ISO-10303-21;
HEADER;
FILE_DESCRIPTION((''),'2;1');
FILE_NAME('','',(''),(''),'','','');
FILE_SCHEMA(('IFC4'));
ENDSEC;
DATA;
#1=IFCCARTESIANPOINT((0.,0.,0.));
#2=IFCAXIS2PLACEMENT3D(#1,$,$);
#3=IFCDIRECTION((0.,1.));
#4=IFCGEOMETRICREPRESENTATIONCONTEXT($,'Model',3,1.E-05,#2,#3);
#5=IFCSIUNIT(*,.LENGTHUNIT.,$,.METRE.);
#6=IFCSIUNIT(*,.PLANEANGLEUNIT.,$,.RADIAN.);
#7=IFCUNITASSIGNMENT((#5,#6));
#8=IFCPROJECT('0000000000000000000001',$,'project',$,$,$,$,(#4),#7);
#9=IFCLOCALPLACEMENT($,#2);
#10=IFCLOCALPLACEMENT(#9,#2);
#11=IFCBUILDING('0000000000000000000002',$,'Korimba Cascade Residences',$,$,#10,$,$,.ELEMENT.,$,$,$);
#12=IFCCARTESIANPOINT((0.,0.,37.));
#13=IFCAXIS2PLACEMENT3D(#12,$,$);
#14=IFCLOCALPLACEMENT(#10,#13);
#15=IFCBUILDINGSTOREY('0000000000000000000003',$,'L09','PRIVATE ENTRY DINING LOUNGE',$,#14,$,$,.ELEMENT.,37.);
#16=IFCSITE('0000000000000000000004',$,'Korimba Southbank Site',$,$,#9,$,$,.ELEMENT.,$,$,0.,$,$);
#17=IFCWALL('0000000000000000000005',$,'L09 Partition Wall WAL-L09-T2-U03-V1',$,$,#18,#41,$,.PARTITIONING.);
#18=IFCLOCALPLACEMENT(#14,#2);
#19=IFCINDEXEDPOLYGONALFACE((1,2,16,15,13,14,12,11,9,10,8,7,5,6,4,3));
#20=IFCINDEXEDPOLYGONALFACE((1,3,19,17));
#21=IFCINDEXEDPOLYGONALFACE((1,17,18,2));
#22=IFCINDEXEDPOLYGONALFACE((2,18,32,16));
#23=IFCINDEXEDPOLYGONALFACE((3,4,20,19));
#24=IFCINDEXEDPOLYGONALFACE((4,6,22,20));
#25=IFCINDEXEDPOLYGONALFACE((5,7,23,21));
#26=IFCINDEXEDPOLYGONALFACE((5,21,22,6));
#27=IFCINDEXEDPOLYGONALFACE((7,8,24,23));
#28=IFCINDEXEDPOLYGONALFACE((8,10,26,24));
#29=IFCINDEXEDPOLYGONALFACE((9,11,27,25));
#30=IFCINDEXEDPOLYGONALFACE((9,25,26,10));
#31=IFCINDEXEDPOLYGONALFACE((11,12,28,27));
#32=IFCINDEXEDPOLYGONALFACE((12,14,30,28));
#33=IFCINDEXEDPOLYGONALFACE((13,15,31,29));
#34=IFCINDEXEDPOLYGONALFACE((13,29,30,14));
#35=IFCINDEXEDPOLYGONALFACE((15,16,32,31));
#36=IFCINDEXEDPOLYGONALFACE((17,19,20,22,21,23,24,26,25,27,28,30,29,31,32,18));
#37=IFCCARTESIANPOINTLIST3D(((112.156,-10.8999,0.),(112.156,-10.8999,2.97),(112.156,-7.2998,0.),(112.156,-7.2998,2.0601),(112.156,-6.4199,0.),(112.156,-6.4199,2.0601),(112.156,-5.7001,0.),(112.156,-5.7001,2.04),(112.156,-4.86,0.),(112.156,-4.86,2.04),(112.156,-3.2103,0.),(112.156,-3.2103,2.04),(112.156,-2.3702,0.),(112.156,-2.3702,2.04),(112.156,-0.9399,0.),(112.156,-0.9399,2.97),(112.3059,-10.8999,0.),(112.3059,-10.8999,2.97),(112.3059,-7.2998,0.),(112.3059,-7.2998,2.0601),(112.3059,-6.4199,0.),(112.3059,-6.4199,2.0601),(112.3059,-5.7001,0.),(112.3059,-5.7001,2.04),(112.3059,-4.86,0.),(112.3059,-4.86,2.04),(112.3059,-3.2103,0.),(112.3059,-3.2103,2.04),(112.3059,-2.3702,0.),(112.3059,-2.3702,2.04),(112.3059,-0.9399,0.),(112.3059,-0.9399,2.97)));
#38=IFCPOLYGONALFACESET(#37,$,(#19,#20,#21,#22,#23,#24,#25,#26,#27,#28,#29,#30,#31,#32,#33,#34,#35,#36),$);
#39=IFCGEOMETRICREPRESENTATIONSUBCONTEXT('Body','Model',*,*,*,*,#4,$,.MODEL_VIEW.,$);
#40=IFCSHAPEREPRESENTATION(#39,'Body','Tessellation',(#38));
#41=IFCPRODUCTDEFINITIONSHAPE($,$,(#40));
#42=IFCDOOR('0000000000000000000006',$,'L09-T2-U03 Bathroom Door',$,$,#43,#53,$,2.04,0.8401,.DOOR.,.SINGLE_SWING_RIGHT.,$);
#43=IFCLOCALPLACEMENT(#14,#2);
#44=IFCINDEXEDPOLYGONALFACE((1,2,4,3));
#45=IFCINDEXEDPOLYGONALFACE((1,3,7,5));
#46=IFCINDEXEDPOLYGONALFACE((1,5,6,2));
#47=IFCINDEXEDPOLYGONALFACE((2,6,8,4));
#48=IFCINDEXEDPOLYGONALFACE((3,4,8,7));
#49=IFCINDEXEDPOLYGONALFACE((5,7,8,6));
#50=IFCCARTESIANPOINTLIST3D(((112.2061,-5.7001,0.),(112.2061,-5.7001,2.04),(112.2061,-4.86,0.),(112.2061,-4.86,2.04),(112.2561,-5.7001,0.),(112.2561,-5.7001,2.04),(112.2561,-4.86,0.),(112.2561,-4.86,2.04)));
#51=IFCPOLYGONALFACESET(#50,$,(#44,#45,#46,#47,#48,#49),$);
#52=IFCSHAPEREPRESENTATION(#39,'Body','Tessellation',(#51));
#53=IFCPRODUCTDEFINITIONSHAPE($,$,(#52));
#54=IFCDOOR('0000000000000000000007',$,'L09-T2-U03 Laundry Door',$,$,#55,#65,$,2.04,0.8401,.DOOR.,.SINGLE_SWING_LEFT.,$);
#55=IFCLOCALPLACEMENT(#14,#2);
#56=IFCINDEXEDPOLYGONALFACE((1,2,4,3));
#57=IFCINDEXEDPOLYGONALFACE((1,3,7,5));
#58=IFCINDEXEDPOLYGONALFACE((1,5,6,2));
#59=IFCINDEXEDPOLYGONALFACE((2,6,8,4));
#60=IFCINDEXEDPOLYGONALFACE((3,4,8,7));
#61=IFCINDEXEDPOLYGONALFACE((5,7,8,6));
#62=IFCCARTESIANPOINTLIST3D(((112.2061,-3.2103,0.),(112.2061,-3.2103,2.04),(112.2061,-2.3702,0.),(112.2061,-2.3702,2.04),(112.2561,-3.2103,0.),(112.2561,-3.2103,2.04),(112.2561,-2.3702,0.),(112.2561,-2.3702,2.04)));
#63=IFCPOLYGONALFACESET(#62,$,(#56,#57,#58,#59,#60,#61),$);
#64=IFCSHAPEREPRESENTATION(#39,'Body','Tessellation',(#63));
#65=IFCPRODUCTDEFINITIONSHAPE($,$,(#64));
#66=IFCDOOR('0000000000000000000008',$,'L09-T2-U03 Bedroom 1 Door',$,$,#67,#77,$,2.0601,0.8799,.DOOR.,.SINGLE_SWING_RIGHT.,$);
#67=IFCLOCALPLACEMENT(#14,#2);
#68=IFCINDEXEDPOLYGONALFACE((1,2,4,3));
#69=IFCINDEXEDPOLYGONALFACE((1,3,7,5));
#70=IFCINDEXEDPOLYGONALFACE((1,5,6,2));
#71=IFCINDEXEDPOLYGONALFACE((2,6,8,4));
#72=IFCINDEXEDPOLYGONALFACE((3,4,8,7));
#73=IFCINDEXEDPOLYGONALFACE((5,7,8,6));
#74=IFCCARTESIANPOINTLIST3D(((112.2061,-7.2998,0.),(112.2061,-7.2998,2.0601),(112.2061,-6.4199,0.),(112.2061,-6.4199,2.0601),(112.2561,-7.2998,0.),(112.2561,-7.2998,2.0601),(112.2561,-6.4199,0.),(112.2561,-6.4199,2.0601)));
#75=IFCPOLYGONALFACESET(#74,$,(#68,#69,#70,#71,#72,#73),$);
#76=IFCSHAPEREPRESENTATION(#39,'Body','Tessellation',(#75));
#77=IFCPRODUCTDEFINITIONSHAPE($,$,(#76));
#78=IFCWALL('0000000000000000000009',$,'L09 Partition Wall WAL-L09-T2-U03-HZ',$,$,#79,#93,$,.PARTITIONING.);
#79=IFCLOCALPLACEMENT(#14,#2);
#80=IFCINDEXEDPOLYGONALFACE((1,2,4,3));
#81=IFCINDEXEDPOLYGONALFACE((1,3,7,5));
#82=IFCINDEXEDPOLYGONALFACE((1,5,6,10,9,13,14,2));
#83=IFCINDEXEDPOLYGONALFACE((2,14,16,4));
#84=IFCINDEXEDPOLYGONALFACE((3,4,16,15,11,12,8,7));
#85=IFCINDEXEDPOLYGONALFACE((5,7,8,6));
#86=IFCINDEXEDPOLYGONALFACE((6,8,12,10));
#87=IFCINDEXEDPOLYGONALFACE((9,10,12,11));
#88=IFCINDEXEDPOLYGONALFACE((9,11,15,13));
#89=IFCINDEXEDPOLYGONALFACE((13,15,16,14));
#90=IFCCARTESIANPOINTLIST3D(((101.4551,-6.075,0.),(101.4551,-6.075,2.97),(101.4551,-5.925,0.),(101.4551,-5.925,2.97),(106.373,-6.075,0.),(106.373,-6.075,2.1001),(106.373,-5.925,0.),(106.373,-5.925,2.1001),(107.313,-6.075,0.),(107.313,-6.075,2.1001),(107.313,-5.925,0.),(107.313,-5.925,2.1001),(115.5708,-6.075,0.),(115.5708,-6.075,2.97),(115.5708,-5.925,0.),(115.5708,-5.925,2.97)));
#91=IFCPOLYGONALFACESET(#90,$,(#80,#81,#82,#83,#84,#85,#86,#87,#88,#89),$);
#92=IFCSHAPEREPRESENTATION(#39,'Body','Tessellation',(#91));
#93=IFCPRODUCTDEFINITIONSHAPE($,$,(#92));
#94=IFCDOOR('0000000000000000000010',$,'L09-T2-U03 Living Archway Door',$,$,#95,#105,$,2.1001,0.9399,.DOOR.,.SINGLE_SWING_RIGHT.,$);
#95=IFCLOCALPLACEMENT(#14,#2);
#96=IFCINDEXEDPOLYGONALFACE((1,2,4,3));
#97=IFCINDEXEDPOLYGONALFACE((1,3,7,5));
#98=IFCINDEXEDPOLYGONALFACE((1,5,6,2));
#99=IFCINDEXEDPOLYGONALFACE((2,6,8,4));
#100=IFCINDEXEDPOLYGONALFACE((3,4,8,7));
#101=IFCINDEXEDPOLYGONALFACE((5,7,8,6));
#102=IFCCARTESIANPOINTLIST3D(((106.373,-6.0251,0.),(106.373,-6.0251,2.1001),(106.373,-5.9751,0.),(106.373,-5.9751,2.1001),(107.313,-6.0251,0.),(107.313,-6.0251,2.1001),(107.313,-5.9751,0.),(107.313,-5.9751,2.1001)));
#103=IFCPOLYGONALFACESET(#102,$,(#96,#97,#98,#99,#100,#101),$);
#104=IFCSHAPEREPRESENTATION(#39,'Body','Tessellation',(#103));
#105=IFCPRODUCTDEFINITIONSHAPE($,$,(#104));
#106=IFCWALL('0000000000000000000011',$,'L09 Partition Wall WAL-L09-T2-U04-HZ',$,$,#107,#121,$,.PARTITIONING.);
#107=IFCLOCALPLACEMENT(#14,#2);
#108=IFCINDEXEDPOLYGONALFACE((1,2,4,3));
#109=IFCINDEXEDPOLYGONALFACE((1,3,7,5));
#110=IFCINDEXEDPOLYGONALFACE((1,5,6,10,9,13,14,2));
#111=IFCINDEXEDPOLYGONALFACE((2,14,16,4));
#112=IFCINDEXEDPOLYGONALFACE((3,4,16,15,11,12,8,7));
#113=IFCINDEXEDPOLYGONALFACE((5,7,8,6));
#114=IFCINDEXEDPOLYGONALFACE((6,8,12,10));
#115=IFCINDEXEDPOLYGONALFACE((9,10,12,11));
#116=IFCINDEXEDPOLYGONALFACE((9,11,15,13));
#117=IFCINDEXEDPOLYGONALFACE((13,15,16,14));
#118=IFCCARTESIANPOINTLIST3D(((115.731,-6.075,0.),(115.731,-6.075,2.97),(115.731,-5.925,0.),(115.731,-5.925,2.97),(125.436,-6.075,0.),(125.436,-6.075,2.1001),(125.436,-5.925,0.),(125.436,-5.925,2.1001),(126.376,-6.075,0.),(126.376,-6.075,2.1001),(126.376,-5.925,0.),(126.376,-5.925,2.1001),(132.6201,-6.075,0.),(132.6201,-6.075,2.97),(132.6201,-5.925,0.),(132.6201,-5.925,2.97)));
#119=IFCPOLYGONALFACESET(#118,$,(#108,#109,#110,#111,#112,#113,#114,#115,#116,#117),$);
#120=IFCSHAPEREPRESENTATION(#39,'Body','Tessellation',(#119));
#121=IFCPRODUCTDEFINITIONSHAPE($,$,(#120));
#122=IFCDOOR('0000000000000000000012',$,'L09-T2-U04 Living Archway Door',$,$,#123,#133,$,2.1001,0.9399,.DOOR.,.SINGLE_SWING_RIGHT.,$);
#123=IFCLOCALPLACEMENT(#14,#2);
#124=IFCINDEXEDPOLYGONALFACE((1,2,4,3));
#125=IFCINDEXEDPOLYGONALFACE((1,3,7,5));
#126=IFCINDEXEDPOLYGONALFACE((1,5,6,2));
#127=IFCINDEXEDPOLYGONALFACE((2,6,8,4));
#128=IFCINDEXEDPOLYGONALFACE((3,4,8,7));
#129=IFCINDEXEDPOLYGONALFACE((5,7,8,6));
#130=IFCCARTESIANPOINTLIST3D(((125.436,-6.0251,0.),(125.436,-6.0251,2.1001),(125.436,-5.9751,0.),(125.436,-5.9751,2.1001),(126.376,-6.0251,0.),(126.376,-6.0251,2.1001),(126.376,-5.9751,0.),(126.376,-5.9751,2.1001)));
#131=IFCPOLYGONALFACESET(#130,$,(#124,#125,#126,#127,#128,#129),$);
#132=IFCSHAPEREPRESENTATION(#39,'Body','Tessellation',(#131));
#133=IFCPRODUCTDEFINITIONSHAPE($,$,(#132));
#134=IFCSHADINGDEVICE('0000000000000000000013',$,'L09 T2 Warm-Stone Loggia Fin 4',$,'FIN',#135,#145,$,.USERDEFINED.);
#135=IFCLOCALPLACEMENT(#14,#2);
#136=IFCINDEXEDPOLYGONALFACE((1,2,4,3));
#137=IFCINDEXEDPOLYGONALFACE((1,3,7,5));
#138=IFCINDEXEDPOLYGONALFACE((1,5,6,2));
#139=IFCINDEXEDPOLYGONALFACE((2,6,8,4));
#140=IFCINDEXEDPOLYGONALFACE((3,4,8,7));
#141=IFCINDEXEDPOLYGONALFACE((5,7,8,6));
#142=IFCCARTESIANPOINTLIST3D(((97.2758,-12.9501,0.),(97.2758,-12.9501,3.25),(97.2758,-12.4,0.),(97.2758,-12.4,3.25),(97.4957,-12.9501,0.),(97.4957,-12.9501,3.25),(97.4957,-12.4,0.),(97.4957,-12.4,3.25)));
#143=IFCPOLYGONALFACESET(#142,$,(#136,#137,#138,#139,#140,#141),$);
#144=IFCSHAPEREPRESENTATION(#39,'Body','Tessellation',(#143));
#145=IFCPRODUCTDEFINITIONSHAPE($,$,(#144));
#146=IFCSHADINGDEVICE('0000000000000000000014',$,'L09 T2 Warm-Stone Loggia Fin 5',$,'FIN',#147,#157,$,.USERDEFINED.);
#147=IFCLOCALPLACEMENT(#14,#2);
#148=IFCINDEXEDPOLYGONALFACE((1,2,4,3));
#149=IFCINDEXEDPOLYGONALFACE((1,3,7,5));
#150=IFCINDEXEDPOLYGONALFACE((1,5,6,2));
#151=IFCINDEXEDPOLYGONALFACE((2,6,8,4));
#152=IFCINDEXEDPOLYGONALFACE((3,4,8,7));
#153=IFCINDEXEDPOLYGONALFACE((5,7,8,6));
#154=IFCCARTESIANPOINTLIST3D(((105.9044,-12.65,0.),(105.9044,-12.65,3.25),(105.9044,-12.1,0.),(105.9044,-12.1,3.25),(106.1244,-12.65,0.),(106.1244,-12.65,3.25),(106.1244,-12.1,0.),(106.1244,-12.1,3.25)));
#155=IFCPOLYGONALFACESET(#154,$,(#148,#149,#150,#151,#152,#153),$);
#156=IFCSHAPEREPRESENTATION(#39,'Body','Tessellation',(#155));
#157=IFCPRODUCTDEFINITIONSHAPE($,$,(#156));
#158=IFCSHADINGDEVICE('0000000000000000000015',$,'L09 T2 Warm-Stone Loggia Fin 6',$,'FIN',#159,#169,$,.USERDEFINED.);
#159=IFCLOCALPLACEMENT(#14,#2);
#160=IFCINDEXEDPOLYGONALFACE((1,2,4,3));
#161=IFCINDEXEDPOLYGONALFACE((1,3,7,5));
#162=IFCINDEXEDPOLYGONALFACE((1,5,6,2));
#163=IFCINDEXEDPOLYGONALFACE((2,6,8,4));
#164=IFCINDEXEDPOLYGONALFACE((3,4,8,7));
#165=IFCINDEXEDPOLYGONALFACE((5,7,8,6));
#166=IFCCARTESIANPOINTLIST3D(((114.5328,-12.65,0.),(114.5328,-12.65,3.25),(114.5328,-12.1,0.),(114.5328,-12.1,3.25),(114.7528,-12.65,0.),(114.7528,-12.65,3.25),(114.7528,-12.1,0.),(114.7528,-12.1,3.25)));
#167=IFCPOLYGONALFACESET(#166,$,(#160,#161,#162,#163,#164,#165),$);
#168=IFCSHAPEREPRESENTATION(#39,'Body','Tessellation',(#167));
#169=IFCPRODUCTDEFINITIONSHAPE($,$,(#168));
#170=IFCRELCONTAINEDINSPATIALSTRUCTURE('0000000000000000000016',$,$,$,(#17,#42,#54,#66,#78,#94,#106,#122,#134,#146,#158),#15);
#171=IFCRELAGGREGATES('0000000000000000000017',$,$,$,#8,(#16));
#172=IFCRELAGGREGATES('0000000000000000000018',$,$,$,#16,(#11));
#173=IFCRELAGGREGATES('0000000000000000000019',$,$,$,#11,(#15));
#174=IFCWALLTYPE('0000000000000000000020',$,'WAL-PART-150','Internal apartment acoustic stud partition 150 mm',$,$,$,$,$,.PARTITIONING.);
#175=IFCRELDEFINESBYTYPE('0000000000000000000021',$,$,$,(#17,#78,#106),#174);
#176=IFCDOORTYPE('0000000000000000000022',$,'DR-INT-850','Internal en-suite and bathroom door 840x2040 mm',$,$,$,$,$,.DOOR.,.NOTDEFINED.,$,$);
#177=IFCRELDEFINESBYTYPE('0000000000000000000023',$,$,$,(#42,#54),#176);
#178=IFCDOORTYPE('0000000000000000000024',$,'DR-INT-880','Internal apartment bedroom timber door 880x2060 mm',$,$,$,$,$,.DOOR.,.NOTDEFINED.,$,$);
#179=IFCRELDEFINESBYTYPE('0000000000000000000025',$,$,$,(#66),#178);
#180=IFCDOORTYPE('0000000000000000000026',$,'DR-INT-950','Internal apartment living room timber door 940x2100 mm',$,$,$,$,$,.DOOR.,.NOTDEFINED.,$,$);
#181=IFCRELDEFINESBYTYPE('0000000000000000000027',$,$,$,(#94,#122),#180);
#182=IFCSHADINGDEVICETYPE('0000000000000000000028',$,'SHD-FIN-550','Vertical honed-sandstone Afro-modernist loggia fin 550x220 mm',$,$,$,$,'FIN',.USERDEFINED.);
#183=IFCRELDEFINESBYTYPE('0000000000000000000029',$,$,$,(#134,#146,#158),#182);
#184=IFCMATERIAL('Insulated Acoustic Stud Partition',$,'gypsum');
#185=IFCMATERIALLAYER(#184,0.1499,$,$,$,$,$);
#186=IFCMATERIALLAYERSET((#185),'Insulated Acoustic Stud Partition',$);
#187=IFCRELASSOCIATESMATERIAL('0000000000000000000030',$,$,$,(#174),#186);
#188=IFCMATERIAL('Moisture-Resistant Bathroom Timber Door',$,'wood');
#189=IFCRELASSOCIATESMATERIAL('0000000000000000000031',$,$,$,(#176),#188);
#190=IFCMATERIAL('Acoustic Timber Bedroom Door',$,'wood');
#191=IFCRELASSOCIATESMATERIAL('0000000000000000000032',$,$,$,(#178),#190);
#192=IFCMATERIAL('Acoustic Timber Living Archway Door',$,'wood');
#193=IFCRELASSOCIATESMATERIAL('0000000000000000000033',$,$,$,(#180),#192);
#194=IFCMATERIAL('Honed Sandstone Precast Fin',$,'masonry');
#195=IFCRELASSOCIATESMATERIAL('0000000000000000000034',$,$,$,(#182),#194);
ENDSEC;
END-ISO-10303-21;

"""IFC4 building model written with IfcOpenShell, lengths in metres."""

from ifc_helpers import new_model, si_unit, direction, frame, frame_2d, origin, origin_2d, place, context, subcontext, project, spatial, rectangle, extrude, material, layer, layer_set, type_object, element, fill, save


model = new_model("IFC4")

# Units and contexts
model_context = context("Model", 3, precision=1e-05, world=origin(), true_north=direction((0.0, 1.0)))
body_context = subcontext(model_context, "Body", "Model", "MODEL_VIEW")
ifc_project = project(units=[si_unit("LENGTHUNIT", "METRE"), si_unit("PLANEANGLEUNIT", "RADIAN")], contexts=[model_context])

# Site, building, storey
site_placement = place(None, origin())
site = spatial("IfcSite", under=ifc_project, at=site_placement, Name="Korimba Southbank Site", CompositionType="ELEMENT", RefElevation=0.0)
building_placement = place(site_placement, origin())
building = spatial("IfcBuilding", under=site, at=building_placement, Name="Korimba Cascade Residences", CompositionType="ELEMENT")
storey_placement = place(building_placement, frame((0.0, 0.0, 37.0)))
storey = spatial("IfcBuildingStorey", under=building, at=storey_placement, Name="L09", Description="PRIVATE ENTRY DINING LOUNGE", CompositionType="ELEMENT", Elevation=37.0)

# Shared definitions
ifc_material_1 = material(Name="Insulated Acoustic Stud Partition", Category="gypsum")
ifc_layer_1 = layer(ifc_material_1, 0.1499)
ifc_layer_set_1 = layer_set([ifc_layer_1], Name="Insulated Acoustic Stud Partition")
wall_type_1 = type_object("IfcWallType", Name="WAL-PART-150", Description="Internal apartment acoustic stud partition 150 mm", PredefinedType="PARTITIONING", material=ifc_layer_set_1)
ifc_material_2 = material(Name="Moisture-Resistant Bathroom Timber Door", Category="wood")
door_type_1 = type_object("IfcDoorType", Name="DR-INT-850", Description="Internal en-suite and bathroom door 840x2040 mm", OperationType="NOTDEFINED", PredefinedType="DOOR", material=ifc_material_2)
ifc_material_3 = material(Name="Acoustic Timber Bedroom Door", Category="wood")
door_type_2 = type_object("IfcDoorType", Name="DR-INT-880", Description="Internal apartment bedroom timber door 880x2060 mm", OperationType="NOTDEFINED", PredefinedType="DOOR", material=ifc_material_3)

# Wall, openings, doors
wall_1_placement = place(storey_placement, frame((112.231, -10.8999, 0.0), z_axis=(0.0, 0.0, 1.0), x_axis=(0.0, 1.0, 0.0)))
wall_1 = element("IfcWall", 1, at=wall_1_placement, inside=storey, type_object=wall_type_1, Name="L09 Partition Wall WAL-L09-T2-U03-V1", PredefinedType="PARTITIONING", context=body_context, shape_type="SweptSolid", body=[
    extrude(rectangle(XDim=9.96, YDim=0.1499, at=frame_2d((4.98, 0.0))), origin(), (0.0, 0.0, 1.0), 2.97),
])
opening_1_placement = place(wall_1_placement, frame((5.2, 0.0, 0.0)))
opening_1 = element("IfcOpeningElement", 2, at=opening_1_placement, cuts=wall_1, PredefinedType="OPENING", context=body_context, shape_type="SweptSolid", body=[
    extrude(rectangle(XDim=0.8401, YDim=2.04, at=frame_2d((0.4199, 1.02))), frame((0.0, 0.085, 0.0), z_axis=(0.0, -1.0, 0.0), x_axis=(1.0, 0.0, 0.0)), (0.0, 0.0, 1.0), 0.1699),
])
opening_2_placement = place(wall_1_placement, frame((7.6897, 0.0, 0.0)))
opening_2 = element("IfcOpeningElement", 3, at=opening_2_placement, cuts=wall_1, PredefinedType="OPENING", context=body_context, shape_type="SweptSolid", body=[
    extrude(rectangle(XDim=0.8401, YDim=2.04, at=frame_2d((0.4199, 1.02))), frame((0.0, 0.085, 0.0), z_axis=(0.0, -1.0, 0.0), x_axis=(1.0, 0.0, 0.0)), (0.0, 0.0, 1.0), 0.1699),
])
opening_3_placement = place(wall_1_placement, frame((3.6001, 0.0, 0.0)))
opening_3 = element("IfcOpeningElement", 4, at=opening_3_placement, cuts=wall_1, PredefinedType="OPENING", context=body_context, shape_type="SweptSolid", body=[
    extrude(rectangle(XDim=0.8799, YDim=2.0601, at=frame_2d((0.4399, 1.03))), frame((0.0, 0.085, 0.0), z_axis=(0.0, -1.0, 0.0), x_axis=(1.0, 0.0, 0.0)), (0.0, 0.0, 1.0), 0.1699),
])
door_1_placement = place(opening_1_placement, origin())
door_1 = element("IfcDoor", 5, at=door_1_placement, inside=storey, type_object=door_type_1, Name="L09-T2-U03 Bathroom Door", OperationType="SINGLE_SWING_RIGHT", OverallHeight=2.04, OverallWidth=0.8401, PredefinedType="DOOR", context=body_context, shape_type="SweptSolid", body=[
    extrude(rectangle(XDim=0.8401, YDim=2.04, at=frame_2d((0.4199, 1.02))), frame((0.0, 0.0249, 0.0), z_axis=(0.0, -1.0, 0.0), x_axis=(1.0, 0.0, 0.0)), (0.0, 0.0, 1.0), 0.05),
])
fill(opening_1, door_1)
door_2_placement = place(opening_2_placement, origin())
door_2 = element("IfcDoor", 6, at=door_2_placement, inside=storey, type_object=door_type_1, Name="L09-T2-U03 Laundry Door", OperationType="SINGLE_SWING_LEFT", OverallHeight=2.04, OverallWidth=0.8401, PredefinedType="DOOR", context=body_context, shape_type="SweptSolid", body=[
    extrude(rectangle(XDim=0.8401, YDim=2.04, at=frame_2d((0.4199, 1.02))), frame((0.0, 0.0249, 0.0), z_axis=(0.0, -1.0, 0.0), x_axis=(1.0, 0.0, 0.0)), (0.0, 0.0, 1.0), 0.05),
])
fill(opening_2, door_2)
door_3_placement = place(opening_3_placement, origin())
door_3 = element("IfcDoor", 7, at=door_3_placement, inside=storey, type_object=door_type_2, Name="L09-T2-U03 Bedroom 1 Door", OperationType="SINGLE_SWING_RIGHT", OverallHeight=2.0601, OverallWidth=0.8799, PredefinedType="DOOR", context=body_context, shape_type="SweptSolid", body=[
    extrude(rectangle(XDim=0.8799, YDim=2.0601, at=frame_2d((0.4399, 1.03))), frame((0.0, 0.0249, 0.0), z_axis=(0.0, -1.0, 0.0), x_axis=(1.0, 0.0, 0.0)), (0.0, 0.0, 1.0), 0.05),
])
fill(opening_3, door_3)

# Walls, openings, doors
wall_2_placement = place(storey_placement, frame((101.4551, -6.0, 0.0), z_axis=(0.0, 0.0, 1.0), x_axis=(1.0, 0.0, 0.0)))
wall_2 = element("IfcWall", 8, at=wall_2_placement, inside=storey, type_object=wall_type_1, Name="L09 Partition Wall WAL-L09-T2-U03-HZ", PredefinedType="PARTITIONING", context=body_context, shape_type="SweptSolid", body=[
    extrude(rectangle(XDim=14.1157, YDim=0.1499, at=frame_2d((7.0579, 0.0))), origin(), (0.0, 0.0, 1.0), 2.97),
])
opening_4_placement = place(wall_2_placement, frame((4.918, 0.0, 0.0)))
opening_4 = element("IfcOpeningElement", 9, at=opening_4_placement, cuts=wall_2, PredefinedType="OPENING", context=body_context, shape_type="SweptSolid", body=[
    extrude(rectangle(XDim=0.9399, YDim=2.1001, at=frame_2d((0.47, 1.05))), frame((0.0, 0.085, 0.0), z_axis=(0.0, -1.0, 0.0), x_axis=(1.0, 0.0, 0.0)), (0.0, 0.0, 1.0), 0.1699),
])
ifc_material_4 = material(Name="Acoustic Timber Living Archway Door", Category="wood")
door_type_3 = type_object("IfcDoorType", Name="DR-INT-950", Description="Internal apartment living room timber door 940x2100 mm", OperationType="NOTDEFINED", PredefinedType="DOOR", material=ifc_material_4)
door_4_placement = place(opening_4_placement, origin())
door_4 = element("IfcDoor", 10, at=door_4_placement, inside=storey, type_object=door_type_3, Name="L09-T2-U03 Living Archway Door", OperationType="SINGLE_SWING_RIGHT", OverallHeight=2.1001, OverallWidth=0.9399, PredefinedType="DOOR", context=body_context, shape_type="SweptSolid", body=[
    extrude(rectangle(XDim=0.9399, YDim=2.1001, at=frame_2d((0.47, 1.05))), frame((0.0, 0.0249, 0.0), z_axis=(0.0, -1.0, 0.0), x_axis=(1.0, 0.0, 0.0)), (0.0, 0.0, 1.0), 0.05),
])
fill(opening_4, door_4)
wall_3_placement = place(storey_placement, frame((115.731, -6.0, 0.0), z_axis=(0.0, 0.0, 1.0), x_axis=(1.0, 0.0, 0.0)))
wall_3 = element("IfcWall", 11, at=wall_3_placement, inside=storey, type_object=wall_type_1, Name="L09 Partition Wall WAL-L09-T2-U04-HZ", PredefinedType="PARTITIONING", context=body_context, shape_type="SweptSolid", body=[
    extrude(rectangle(XDim=16.8892, YDim=0.1499, at=frame_2d((8.4446, 0.0))), origin(), (0.0, 0.0, 1.0), 2.97),
])
opening_5_placement = place(wall_3_placement, frame((9.7051, 0.0, 0.0)))
opening_5 = element("IfcOpeningElement", 12, at=opening_5_placement, cuts=wall_3, PredefinedType="OPENING", context=body_context, shape_type="SweptSolid", body=[
    extrude(rectangle(XDim=0.9399, YDim=2.1001, at=frame_2d((0.47, 1.05))), frame((0.0, 0.085, 0.0), z_axis=(0.0, -1.0, 0.0), x_axis=(1.0, 0.0, 0.0)), (0.0, 0.0, 1.0), 0.1699),
])
door_5_placement = place(opening_5_placement, origin())
door_5 = element("IfcDoor", 13, at=door_5_placement, inside=storey, type_object=door_type_3, Name="L09-T2-U04 Living Archway Door", OperationType="SINGLE_SWING_RIGHT", OverallHeight=2.1001, OverallWidth=0.9399, PredefinedType="DOOR", context=body_context, shape_type="SweptSolid", body=[
    extrude(rectangle(XDim=0.9399, YDim=2.1001, at=frame_2d((0.47, 1.05))), frame((0.0, 0.0249, 0.0), z_axis=(0.0, -1.0, 0.0), x_axis=(1.0, 0.0, 0.0)), (0.0, 0.0, 1.0), 0.05),
])
fill(opening_5, door_5)

# Shading devices
ifc_material_5 = material(Name="Honed Sandstone Precast Fin", Category="masonry")
shading_device_type = type_object("IfcShadingDeviceType", Name="SHD-FIN-550", Description="Vertical honed-sandstone Afro-modernist loggia fin 550x220 mm", ElementType="FIN", PredefinedType="USERDEFINED", material=ifc_material_5)
for number, where, z_axis, x_axis, name in (
    (14, (97.3857, -12.675, 0.0), (0.0, 0.0, 1.0), (1.0, 0.0, 0.0), "L09 T2 Warm-Stone Loggia Fin 4"),
    (15, (106.0144, -12.375, 0.0), (0.0, 0.0, 1.0), (1.0, 0.0, 0.0), "L09 T2 Warm-Stone Loggia Fin 5"),
    (16, (114.6428, -12.375, 0.0), (0.0, 0.0, 1.0), (1.0, 0.0, 0.0), "L09 T2 Warm-Stone Loggia Fin 6"),
):
    element("IfcShadingDevice", number, at=place(storey_placement, frame(where, z_axis=z_axis, x_axis=x_axis)), inside=storey, type_object=shading_device_type, Name=name, ObjectType="FIN", PredefinedType="USERDEFINED", context=body_context, shape_type="SweptSolid", body=[
        extrude(rectangle(XDim=0.22, YDim=0.55, at=origin_2d()), origin(), (0.0, 0.0, 1.0), 3.25),
    ])

save(model, "model.ifc")
